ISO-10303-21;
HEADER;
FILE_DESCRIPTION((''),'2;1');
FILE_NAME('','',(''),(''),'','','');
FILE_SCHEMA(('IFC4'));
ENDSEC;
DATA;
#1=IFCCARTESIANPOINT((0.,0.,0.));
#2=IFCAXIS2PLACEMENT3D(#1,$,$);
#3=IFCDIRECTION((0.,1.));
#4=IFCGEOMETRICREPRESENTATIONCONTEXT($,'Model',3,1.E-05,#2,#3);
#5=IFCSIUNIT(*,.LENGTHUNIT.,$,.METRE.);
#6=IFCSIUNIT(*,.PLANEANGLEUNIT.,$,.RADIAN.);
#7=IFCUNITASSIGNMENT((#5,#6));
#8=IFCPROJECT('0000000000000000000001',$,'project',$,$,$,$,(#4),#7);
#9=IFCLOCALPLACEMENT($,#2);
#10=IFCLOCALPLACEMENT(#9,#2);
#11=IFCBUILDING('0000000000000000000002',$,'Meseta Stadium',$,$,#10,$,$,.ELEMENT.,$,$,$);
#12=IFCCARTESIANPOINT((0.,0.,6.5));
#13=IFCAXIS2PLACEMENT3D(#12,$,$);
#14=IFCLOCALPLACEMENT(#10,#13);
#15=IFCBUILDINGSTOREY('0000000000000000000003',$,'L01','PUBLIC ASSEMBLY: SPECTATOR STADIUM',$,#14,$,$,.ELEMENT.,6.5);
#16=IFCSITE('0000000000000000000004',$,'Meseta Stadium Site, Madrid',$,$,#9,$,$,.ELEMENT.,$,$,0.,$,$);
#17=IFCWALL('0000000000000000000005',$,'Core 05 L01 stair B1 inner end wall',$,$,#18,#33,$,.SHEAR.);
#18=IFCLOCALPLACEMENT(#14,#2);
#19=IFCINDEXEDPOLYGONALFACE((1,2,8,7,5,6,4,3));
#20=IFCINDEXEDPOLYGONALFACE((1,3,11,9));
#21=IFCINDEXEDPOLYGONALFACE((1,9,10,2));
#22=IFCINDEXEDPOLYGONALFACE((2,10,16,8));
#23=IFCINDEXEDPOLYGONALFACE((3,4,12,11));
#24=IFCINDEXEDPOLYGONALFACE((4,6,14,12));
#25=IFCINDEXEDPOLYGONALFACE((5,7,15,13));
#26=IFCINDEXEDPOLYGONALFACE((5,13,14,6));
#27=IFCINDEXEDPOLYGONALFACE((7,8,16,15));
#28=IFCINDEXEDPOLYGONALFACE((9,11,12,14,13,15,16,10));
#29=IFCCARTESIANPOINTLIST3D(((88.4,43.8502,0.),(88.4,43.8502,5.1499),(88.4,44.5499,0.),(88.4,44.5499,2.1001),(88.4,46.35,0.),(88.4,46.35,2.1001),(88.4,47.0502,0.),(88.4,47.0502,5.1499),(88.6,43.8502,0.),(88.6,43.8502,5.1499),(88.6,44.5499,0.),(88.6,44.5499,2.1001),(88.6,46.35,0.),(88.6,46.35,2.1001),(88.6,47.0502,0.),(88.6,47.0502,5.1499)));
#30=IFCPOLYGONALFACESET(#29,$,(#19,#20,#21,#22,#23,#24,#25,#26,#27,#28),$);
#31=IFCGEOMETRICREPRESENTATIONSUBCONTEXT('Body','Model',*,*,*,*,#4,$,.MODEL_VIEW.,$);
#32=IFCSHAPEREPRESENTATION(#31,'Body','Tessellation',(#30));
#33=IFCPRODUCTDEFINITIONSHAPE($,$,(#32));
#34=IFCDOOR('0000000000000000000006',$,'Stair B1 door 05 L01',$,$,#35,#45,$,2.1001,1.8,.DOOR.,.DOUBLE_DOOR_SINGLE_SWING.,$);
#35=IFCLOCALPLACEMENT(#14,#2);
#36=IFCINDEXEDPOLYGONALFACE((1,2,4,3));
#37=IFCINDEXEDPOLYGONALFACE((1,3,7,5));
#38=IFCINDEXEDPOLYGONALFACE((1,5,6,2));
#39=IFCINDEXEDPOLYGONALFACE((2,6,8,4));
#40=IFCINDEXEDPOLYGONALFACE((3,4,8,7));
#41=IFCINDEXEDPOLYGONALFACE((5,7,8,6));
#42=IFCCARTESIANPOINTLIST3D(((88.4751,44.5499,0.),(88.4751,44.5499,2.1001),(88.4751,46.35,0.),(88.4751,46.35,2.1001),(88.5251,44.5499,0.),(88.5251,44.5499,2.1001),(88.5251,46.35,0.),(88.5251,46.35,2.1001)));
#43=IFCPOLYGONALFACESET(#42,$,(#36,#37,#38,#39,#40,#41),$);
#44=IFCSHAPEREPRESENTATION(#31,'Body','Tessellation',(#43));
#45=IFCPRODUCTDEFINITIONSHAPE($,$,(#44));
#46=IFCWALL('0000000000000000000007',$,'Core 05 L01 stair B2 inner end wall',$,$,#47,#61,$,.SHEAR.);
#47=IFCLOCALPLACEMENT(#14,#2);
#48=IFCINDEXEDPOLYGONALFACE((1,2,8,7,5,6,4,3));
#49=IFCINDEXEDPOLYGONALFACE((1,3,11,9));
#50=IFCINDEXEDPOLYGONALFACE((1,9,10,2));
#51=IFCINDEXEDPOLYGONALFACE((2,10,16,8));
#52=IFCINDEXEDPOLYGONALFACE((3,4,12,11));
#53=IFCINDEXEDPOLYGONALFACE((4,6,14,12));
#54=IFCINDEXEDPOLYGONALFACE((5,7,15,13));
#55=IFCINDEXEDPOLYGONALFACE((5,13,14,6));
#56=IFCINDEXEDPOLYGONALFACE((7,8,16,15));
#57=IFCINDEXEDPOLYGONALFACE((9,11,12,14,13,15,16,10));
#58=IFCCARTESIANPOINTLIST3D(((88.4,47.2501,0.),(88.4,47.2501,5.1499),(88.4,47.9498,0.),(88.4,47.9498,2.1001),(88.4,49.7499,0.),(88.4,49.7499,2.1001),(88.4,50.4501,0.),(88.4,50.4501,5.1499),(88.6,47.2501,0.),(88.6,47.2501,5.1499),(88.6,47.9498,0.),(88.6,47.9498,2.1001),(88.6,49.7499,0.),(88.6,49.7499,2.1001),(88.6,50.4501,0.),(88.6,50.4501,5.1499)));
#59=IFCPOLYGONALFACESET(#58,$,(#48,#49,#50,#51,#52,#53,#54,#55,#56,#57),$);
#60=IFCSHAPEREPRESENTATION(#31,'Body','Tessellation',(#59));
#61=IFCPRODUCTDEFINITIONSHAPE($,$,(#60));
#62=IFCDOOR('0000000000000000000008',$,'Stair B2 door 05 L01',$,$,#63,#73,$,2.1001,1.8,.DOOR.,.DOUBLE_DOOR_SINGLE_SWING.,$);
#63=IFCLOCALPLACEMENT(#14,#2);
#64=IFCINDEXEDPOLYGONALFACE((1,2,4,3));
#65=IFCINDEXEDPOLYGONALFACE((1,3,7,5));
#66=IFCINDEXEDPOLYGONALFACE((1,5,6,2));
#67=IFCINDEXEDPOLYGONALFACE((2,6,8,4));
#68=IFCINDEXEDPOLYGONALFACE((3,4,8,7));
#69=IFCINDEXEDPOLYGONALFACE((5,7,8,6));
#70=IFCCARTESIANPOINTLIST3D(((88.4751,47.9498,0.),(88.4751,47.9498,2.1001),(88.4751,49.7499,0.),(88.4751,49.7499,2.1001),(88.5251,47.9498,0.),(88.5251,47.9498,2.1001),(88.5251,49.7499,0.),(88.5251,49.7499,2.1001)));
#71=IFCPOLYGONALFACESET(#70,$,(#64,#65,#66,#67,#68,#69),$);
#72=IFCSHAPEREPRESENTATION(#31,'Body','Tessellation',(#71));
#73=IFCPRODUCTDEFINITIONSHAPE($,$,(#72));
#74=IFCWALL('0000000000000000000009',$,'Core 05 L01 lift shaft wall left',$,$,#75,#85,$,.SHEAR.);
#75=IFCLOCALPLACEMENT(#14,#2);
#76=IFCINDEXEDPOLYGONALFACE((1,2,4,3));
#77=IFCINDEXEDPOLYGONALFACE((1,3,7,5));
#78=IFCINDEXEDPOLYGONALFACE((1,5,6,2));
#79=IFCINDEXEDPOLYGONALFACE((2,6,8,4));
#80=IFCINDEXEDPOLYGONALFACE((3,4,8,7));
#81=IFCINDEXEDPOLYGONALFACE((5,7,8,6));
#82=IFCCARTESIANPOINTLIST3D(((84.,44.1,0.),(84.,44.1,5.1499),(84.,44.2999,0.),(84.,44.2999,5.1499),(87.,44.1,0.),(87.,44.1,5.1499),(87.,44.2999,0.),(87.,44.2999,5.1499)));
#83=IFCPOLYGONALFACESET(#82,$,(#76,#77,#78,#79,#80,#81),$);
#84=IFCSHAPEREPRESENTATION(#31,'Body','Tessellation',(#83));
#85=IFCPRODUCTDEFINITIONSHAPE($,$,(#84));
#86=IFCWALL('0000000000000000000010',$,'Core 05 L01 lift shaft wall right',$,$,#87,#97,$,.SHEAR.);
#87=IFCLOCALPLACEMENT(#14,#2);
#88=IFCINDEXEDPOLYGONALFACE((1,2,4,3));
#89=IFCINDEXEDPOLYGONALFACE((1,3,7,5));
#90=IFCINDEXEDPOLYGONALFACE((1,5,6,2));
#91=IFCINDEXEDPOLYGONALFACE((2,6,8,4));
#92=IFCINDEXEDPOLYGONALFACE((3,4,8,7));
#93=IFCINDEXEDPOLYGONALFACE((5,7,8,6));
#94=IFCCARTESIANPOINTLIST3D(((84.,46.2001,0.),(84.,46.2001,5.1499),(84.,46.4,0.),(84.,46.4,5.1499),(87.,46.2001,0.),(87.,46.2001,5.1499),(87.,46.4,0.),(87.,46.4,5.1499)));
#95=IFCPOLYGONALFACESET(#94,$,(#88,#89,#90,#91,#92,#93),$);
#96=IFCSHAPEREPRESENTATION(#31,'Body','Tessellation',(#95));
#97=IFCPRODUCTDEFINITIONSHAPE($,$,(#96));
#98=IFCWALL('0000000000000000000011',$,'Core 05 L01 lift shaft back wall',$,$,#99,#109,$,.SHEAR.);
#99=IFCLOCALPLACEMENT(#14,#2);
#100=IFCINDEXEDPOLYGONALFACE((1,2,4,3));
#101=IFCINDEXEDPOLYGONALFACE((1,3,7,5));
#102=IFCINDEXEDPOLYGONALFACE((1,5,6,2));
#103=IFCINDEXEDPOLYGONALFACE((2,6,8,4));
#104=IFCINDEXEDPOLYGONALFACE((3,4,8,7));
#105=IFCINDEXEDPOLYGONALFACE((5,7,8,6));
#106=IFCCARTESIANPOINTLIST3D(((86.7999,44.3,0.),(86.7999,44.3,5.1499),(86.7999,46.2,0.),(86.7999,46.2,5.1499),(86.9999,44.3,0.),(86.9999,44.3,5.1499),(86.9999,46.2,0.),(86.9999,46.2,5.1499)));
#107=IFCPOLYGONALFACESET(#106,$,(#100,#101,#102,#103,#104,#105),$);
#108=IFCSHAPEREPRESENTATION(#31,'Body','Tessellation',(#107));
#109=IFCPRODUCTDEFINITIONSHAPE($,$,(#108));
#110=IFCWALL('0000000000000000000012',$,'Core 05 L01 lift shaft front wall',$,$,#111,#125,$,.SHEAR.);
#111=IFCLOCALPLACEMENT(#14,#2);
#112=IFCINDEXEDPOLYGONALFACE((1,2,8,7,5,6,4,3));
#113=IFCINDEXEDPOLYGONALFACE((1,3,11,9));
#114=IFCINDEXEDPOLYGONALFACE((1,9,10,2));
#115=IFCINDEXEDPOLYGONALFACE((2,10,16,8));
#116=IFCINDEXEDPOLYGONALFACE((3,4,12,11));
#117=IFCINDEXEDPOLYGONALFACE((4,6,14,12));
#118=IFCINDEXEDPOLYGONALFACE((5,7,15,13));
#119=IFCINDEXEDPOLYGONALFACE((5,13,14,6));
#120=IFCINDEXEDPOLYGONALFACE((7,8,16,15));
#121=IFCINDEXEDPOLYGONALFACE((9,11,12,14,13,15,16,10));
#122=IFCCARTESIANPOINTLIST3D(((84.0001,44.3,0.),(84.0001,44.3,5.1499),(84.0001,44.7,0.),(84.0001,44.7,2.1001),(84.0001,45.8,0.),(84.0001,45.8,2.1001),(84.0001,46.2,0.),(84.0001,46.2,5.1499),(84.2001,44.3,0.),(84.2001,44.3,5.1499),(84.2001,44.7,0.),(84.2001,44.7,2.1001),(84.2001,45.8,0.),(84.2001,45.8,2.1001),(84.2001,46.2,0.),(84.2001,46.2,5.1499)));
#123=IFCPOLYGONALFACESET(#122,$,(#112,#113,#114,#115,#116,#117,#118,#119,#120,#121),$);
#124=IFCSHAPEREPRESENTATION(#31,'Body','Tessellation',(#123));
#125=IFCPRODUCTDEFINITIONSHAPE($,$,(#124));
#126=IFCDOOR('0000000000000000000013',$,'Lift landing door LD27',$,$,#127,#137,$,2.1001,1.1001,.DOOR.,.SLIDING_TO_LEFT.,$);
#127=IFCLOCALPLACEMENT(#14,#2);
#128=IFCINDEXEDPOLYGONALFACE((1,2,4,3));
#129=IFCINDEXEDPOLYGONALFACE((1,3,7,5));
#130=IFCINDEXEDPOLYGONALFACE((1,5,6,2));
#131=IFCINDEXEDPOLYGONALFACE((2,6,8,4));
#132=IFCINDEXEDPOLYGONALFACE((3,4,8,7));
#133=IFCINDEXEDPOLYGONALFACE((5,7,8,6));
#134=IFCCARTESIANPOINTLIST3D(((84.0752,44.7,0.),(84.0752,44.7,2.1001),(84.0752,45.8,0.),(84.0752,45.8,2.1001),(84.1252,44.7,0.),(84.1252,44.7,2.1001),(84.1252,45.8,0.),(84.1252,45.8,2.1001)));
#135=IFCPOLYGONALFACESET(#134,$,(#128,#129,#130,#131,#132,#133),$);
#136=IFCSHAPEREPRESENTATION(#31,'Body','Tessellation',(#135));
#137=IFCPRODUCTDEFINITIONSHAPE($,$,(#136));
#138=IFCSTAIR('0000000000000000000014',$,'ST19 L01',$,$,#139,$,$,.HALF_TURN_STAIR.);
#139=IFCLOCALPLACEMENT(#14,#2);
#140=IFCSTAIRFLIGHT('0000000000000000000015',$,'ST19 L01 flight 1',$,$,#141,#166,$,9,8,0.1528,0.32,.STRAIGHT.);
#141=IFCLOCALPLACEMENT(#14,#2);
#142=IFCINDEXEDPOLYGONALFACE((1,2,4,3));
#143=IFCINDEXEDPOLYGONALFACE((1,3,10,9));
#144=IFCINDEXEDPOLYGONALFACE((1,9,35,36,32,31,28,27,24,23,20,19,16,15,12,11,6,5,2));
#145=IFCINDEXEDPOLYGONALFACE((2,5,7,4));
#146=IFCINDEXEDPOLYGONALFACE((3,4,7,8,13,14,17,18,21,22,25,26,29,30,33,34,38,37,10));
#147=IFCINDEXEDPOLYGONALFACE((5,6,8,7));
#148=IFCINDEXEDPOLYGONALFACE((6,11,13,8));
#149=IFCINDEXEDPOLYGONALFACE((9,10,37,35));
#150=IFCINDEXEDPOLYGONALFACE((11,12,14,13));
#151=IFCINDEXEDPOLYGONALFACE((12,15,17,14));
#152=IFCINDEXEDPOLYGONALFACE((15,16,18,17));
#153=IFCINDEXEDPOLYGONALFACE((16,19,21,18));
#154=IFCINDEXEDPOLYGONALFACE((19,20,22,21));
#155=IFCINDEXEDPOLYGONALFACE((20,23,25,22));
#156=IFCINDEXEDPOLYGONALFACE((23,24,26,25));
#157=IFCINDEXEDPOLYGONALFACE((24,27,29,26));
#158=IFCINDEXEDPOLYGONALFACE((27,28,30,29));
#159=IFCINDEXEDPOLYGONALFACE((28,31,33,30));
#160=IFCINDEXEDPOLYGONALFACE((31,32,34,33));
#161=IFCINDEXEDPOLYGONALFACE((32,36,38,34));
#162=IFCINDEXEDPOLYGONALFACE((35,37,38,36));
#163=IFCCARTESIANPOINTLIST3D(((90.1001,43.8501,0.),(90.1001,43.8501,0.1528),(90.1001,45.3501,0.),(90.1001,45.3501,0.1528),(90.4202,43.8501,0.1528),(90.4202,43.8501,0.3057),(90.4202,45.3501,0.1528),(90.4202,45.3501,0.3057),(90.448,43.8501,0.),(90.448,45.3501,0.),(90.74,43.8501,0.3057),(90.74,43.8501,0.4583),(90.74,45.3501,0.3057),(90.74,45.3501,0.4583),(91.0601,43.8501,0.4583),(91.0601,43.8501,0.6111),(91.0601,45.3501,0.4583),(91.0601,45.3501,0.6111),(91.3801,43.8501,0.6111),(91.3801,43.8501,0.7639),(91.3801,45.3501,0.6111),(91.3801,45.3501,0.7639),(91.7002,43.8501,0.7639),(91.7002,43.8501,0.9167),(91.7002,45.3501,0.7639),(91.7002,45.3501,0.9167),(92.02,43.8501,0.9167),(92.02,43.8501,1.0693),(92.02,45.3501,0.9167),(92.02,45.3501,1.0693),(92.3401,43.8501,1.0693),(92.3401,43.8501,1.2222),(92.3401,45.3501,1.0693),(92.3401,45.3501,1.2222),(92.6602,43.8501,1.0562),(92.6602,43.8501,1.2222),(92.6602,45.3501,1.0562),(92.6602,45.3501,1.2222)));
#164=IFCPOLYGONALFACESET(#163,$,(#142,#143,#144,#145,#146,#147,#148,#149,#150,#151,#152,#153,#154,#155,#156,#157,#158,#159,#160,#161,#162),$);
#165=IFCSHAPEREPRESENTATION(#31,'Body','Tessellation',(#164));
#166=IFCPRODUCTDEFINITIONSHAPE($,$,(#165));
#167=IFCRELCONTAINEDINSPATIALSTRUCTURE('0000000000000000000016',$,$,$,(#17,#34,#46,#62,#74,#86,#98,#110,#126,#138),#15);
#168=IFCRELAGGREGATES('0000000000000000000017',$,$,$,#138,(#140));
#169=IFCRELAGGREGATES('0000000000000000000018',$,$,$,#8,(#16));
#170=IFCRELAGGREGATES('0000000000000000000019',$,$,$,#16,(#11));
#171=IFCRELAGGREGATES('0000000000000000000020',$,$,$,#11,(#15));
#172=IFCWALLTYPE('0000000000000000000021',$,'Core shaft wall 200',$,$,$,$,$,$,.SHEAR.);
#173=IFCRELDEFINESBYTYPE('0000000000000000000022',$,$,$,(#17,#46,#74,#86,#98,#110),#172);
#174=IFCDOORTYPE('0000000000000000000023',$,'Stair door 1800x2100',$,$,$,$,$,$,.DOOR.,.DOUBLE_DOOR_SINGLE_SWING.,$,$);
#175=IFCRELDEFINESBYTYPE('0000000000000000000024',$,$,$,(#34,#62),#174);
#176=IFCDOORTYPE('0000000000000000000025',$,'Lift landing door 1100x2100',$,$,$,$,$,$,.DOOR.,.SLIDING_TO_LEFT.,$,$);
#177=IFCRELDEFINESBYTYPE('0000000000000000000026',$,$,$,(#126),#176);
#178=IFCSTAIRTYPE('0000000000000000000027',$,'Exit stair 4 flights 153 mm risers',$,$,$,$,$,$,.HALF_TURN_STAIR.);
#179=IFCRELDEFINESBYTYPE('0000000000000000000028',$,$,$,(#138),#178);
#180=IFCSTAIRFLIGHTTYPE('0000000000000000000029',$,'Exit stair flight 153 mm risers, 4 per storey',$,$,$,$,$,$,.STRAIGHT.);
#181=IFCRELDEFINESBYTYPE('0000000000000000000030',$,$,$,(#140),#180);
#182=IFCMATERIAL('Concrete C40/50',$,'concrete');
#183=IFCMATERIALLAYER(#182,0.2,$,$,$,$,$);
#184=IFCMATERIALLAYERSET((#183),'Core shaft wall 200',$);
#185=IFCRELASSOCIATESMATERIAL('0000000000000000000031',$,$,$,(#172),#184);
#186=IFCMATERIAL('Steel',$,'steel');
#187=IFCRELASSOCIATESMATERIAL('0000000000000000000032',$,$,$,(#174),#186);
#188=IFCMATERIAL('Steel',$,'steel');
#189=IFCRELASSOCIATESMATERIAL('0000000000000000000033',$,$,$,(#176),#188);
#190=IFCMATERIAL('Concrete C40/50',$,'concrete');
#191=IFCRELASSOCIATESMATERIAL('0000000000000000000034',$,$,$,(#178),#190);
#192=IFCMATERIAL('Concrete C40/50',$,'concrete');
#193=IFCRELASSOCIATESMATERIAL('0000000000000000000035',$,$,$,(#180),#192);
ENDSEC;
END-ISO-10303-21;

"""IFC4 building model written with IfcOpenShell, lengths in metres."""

from ifc_helpers import new_model, si_unit, direction, frame, frame_2d, origin, place, context, subcontext, project, spatial, polyline, rectangle, outline, extrude, material, layer, layer_set, type_object, element, fill, aggregate, save


model = new_model("IFC4")

# Units and contexts
model_context = context("Model", 3, precision=1e-05, world=origin(), true_north=direction((0.0, 1.0)))
body_context = subcontext(model_context, "Body", "Model", "MODEL_VIEW")
ifc_project = project(units=[si_unit("LENGTHUNIT", "METRE"), si_unit("PLANEANGLEUNIT", "RADIAN")], contexts=[model_context])

# Site, building, storey
site_placement = place(None, origin())
site = spatial("IfcSite", under=ifc_project, at=site_placement, Name="Meseta Stadium Site, Madrid", CompositionType="ELEMENT", RefElevation=0.0)
building_placement = place(site_placement, origin())
building = spatial("IfcBuilding", under=site, at=building_placement, Name="Meseta Stadium", CompositionType="ELEMENT")
storey_placement = place(building_placement, frame((0.0, 0.0, 6.5)))
storey = spatial("IfcBuildingStorey", under=building, at=storey_placement, Name="L01", Description="PUBLIC ASSEMBLY: SPECTATOR STADIUM", CompositionType="ELEMENT", Elevation=6.5)

# Walls, openings, doors
ifc_material_1 = material(Name="Concrete C40/50", Category="concrete")
ifc_layer = layer(ifc_material_1, 0.2)
ifc_layer_set = layer_set([ifc_layer], Name="Core shaft wall 200")
wall_type = type_object("IfcWallType", Name="Core shaft wall 200", PredefinedType="SHEAR", material=ifc_layer_set)
wall_1_placement = place(storey_placement, frame((88.5, 43.8501, 0.0), z_axis=(0.0, 0.0, 1.0), x_axis=(0.0, 1.0, 0.0)))
wall_1 = element("IfcWall", 1, at=wall_1_placement, inside=storey, type_object=wall_type, Name="Core 05 L01 stair B1 inner end wall", PredefinedType="SHEAR", context=body_context, shape_type="SweptSolid", body=[
    extrude(rectangle(XDim=3.2, YDim=0.2, at=frame_2d((1.6001, 0.0))), origin(), (0.0, 0.0, 1.0), 5.1499),
])
opening_1_placement = place(wall_1_placement, frame((0.7, 0.0, 0.0)))
opening_1 = element("IfcOpeningElement", 2, at=opening_1_placement, cuts=wall_1, PredefinedType="OPENING", context=body_context, shape_type="SweptSolid", body=[
    extrude(rectangle(XDim=1.8, YDim=2.1001, at=frame_2d((0.8999, 1.05))), frame((0.0, 0.1099, 0.0), z_axis=(0.0, -1.0, 0.0), x_axis=(1.0, 0.0, 0.0)), (0.0, 0.0, 1.0), 0.22),
])
ifc_material_2 = material(Name="Steel", Category="steel")
door_type_1 = type_object("IfcDoorType", Name="Stair door 1800x2100", OperationType="DOUBLE_DOOR_SINGLE_SWING", PredefinedType="DOOR", material=ifc_material_2)
door_1_placement = place(opening_1_placement, origin())
door_1 = element("IfcDoor", 3, at=door_1_placement, inside=storey, type_object=door_type_1, Name="Stair B1 door 05 L01", OperationType="DOUBLE_DOOR_SINGLE_SWING", OverallHeight=2.1001, OverallWidth=1.8, PredefinedType="DOOR", context=body_context, shape_type="SweptSolid", body=[
    extrude(rectangle(XDim=1.8, YDim=2.1001, at=frame_2d((0.8999, 1.05))), frame((0.0, 0.0249, 0.0), z_axis=(0.0, -1.0, 0.0), x_axis=(1.0, 0.0, 0.0)), (0.0, 0.0, 1.0), 0.05),
])
fill(opening_1, door_1)
wall_2_placement = place(storey_placement, frame((88.5, 47.25, 0.0), z_axis=(0.0, 0.0, 1.0), x_axis=(0.0, 1.0, 0.0)))
wall_2 = element("IfcWall", 4, at=wall_2_placement, inside=storey, type_object=wall_type, Name="Core 05 L01 stair B2 inner end wall", PredefinedType="SHEAR", context=body_context, shape_type="SweptSolid", body=[
    extrude(rectangle(XDim=3.2, YDim=0.2, at=frame_2d((1.6001, 0.0))), origin(), (0.0, 0.0, 1.0), 5.1499),
])
opening_2_placement = place(wall_2_placement, frame((0.7, 0.0, 0.0)))
opening_2 = element("IfcOpeningElement", 5, at=opening_2_placement, cuts=wall_2, PredefinedType="OPENING", context=body_context, shape_type="SweptSolid", body=[
    extrude(rectangle(XDim=1.8, YDim=2.1001, at=frame_2d((0.8999, 1.05))), frame((0.0, 0.1099, 0.0), z_axis=(0.0, -1.0, 0.0), x_axis=(1.0, 0.0, 0.0)), (0.0, 0.0, 1.0), 0.22),
])
door_2_placement = place(opening_2_placement, origin())
door_2 = element("IfcDoor", 6, at=door_2_placement, inside=storey, type_object=door_type_1, Name="Stair B2 door 05 L01", OperationType="DOUBLE_DOOR_SINGLE_SWING", OverallHeight=2.1001, OverallWidth=1.8, PredefinedType="DOOR", context=body_context, shape_type="SweptSolid", body=[
    extrude(rectangle(XDim=1.8, YDim=2.1001, at=frame_2d((0.8999, 1.05))), frame((0.0, 0.0249, 0.0), z_axis=(0.0, -1.0, 0.0), x_axis=(1.0, 0.0, 0.0)), (0.0, 0.0, 1.0), 0.05),
])
fill(opening_2, door_2)

# Walls
for number, where, z_axis, x_axis, name in (
    (7, (87.0, 44.2, 0.0), (0.0, 0.0, 1.0), (-1.0, 0.0, 0.0), "Core 05 L01 lift shaft wall left"),
    (8, (87.0, 46.3, 0.0), (0.0, 0.0, 1.0), (-1.0, 0.0, 0.0), "Core 05 L01 lift shaft wall right"),
):
    element("IfcWall", number, at=place(storey_placement, frame(where, z_axis=z_axis, x_axis=x_axis)), inside=storey, type_object=wall_type, Name=name, PredefinedType="SHEAR", context=body_context, shape_type="SweptSolid", body=[
        extrude(rectangle(XDim=3.0, YDim=0.2, at=frame_2d((1.5, 0.0))), origin(), (0.0, 0.0, 1.0), 5.1499),
    ])
wall_3_placement = place(storey_placement, frame((86.8999, 44.3, 0.0), z_axis=(0.0, 0.0, 1.0), x_axis=(0.0, 1.0, 0.0)))
element("IfcWall", 9, at=wall_3_placement, inside=storey, type_object=wall_type, Name="Core 05 L01 lift shaft back wall", PredefinedType="SHEAR", context=body_context, shape_type="SweptSolid", body=[
    extrude(rectangle(XDim=1.8999, YDim=0.2, at=frame_2d((0.95, 0.0))), origin(), (0.0, 0.0, 1.0), 5.1499),
])

# Wall, opening, door
wall_4_placement = place(storey_placement, frame((84.1001, 44.3, 0.0), z_axis=(0.0, 0.0, 1.0), x_axis=(0.0, 1.0, 0.0)))
wall_4 = element("IfcWall", 10, at=wall_4_placement, inside=storey, type_object=wall_type, Name="Core 05 L01 lift shaft front wall", PredefinedType="SHEAR", context=body_context, shape_type="SweptSolid", body=[
    extrude(rectangle(XDim=1.8999, YDim=0.2, at=frame_2d((0.95, 0.0))), origin(), (0.0, 0.0, 1.0), 5.1499),
])
opening_3_placement = place(wall_4_placement, frame((0.3999, 0.0, 0.0)))
opening_3 = element("IfcOpeningElement", 11, at=opening_3_placement, cuts=wall_4, PredefinedType="OPENING", context=body_context, shape_type="SweptSolid", body=[
    extrude(rectangle(XDim=1.1001, YDim=2.1001, at=frame_2d((0.55, 1.05))), frame((0.0, 0.1099, 0.0), z_axis=(0.0, -1.0, 0.0), x_axis=(1.0, 0.0, 0.0)), (0.0, 0.0, 1.0), 0.22),
])
ifc_material_3 = material(Name="Steel", Category="steel")
door_type_2 = type_object("IfcDoorType", Name="Lift landing door 1100x2100", OperationType="SLIDING_TO_LEFT", PredefinedType="DOOR", material=ifc_material_3)
door_3_placement = place(opening_3_placement, origin())
door_3 = element("IfcDoor", 12, at=door_3_placement, inside=storey, type_object=door_type_2, Name="Lift landing door LD27", OperationType="SLIDING_TO_LEFT", OverallHeight=2.1001, OverallWidth=1.1001, PredefinedType="DOOR", context=body_context, shape_type="SweptSolid", body=[
    extrude(rectangle(XDim=1.1001, YDim=2.1001, at=frame_2d((0.55, 1.05))), frame((0.0, 0.0249, 0.0), z_axis=(0.0, -1.0, 0.0), x_axis=(1.0, 0.0, 0.0)), (0.0, 0.0, 1.0), 0.05),
])
fill(opening_3, door_3)

# Stair, stair flight
ifc_material_4 = material(Name="Concrete C40/50", Category="concrete")
stair_type = type_object("IfcStairType", Name="Exit stair 4 flights 153 mm risers", PredefinedType="HALF_TURN_STAIR", material=ifc_material_4)
stair_placement = place(storey_placement, origin())
stair = element("IfcStair", 13, at=stair_placement, inside=storey, type_object=stair_type, Name="ST19 L01", PredefinedType="HALF_TURN_STAIR")
ifc_material_5 = material(Name="Concrete C40/50", Category="concrete")
stair_flight_type = type_object("IfcStairFlightType", Name="Exit stair flight 153 mm risers, 4 per storey", PredefinedType="STRAIGHT", material=ifc_material_5)
stair_flight_1_placement = place(storey_placement, frame((90.1001, 44.6001, 0.0), z_axis=(0.0, 0.0, 1.0), x_axis=(1.0, 0.0, 0.0)))
stair_flight_1 = element("IfcStairFlight", 14, at=stair_flight_1_placement, type_object=stair_flight_type, Name="ST19 L01 flight 1", NumberOfRisers=9, NumberOfTreads=8, PredefinedType="STRAIGHT", RiserHeight=0.1528, TreadLength=0.32, context=body_context, shape_type="SweptSolid", body=[
    extrude(outline(polyline([(0.0, 0.0), (0.0, 0.1528), (0.3201, 0.1528), (0.3201, 0.3057), (0.6399, 0.3057), (0.6399, 0.4583), (0.96, 0.4583), (0.96, 0.6111), (1.28, 0.6111), (1.28, 0.7639), (1.6001, 0.7639), (1.6001, 0.9167), (1.9199, 0.9167), (1.9199, 1.0693), (2.24, 1.0693), (2.24, 1.2222), (2.5601, 1.2222), (2.5601, 1.0562), (0.3479, 0.0), (0.0, 0.0)])), frame((0.0, 0.75, 0.0), z_axis=(0.0, -1.0, 0.0), x_axis=(1.0, 0.0, 0.0)), (0.0, 0.0, 1.0), 1.5),
])
aggregate(stair, [stair_flight_1])

save(model, "model.ifc")
